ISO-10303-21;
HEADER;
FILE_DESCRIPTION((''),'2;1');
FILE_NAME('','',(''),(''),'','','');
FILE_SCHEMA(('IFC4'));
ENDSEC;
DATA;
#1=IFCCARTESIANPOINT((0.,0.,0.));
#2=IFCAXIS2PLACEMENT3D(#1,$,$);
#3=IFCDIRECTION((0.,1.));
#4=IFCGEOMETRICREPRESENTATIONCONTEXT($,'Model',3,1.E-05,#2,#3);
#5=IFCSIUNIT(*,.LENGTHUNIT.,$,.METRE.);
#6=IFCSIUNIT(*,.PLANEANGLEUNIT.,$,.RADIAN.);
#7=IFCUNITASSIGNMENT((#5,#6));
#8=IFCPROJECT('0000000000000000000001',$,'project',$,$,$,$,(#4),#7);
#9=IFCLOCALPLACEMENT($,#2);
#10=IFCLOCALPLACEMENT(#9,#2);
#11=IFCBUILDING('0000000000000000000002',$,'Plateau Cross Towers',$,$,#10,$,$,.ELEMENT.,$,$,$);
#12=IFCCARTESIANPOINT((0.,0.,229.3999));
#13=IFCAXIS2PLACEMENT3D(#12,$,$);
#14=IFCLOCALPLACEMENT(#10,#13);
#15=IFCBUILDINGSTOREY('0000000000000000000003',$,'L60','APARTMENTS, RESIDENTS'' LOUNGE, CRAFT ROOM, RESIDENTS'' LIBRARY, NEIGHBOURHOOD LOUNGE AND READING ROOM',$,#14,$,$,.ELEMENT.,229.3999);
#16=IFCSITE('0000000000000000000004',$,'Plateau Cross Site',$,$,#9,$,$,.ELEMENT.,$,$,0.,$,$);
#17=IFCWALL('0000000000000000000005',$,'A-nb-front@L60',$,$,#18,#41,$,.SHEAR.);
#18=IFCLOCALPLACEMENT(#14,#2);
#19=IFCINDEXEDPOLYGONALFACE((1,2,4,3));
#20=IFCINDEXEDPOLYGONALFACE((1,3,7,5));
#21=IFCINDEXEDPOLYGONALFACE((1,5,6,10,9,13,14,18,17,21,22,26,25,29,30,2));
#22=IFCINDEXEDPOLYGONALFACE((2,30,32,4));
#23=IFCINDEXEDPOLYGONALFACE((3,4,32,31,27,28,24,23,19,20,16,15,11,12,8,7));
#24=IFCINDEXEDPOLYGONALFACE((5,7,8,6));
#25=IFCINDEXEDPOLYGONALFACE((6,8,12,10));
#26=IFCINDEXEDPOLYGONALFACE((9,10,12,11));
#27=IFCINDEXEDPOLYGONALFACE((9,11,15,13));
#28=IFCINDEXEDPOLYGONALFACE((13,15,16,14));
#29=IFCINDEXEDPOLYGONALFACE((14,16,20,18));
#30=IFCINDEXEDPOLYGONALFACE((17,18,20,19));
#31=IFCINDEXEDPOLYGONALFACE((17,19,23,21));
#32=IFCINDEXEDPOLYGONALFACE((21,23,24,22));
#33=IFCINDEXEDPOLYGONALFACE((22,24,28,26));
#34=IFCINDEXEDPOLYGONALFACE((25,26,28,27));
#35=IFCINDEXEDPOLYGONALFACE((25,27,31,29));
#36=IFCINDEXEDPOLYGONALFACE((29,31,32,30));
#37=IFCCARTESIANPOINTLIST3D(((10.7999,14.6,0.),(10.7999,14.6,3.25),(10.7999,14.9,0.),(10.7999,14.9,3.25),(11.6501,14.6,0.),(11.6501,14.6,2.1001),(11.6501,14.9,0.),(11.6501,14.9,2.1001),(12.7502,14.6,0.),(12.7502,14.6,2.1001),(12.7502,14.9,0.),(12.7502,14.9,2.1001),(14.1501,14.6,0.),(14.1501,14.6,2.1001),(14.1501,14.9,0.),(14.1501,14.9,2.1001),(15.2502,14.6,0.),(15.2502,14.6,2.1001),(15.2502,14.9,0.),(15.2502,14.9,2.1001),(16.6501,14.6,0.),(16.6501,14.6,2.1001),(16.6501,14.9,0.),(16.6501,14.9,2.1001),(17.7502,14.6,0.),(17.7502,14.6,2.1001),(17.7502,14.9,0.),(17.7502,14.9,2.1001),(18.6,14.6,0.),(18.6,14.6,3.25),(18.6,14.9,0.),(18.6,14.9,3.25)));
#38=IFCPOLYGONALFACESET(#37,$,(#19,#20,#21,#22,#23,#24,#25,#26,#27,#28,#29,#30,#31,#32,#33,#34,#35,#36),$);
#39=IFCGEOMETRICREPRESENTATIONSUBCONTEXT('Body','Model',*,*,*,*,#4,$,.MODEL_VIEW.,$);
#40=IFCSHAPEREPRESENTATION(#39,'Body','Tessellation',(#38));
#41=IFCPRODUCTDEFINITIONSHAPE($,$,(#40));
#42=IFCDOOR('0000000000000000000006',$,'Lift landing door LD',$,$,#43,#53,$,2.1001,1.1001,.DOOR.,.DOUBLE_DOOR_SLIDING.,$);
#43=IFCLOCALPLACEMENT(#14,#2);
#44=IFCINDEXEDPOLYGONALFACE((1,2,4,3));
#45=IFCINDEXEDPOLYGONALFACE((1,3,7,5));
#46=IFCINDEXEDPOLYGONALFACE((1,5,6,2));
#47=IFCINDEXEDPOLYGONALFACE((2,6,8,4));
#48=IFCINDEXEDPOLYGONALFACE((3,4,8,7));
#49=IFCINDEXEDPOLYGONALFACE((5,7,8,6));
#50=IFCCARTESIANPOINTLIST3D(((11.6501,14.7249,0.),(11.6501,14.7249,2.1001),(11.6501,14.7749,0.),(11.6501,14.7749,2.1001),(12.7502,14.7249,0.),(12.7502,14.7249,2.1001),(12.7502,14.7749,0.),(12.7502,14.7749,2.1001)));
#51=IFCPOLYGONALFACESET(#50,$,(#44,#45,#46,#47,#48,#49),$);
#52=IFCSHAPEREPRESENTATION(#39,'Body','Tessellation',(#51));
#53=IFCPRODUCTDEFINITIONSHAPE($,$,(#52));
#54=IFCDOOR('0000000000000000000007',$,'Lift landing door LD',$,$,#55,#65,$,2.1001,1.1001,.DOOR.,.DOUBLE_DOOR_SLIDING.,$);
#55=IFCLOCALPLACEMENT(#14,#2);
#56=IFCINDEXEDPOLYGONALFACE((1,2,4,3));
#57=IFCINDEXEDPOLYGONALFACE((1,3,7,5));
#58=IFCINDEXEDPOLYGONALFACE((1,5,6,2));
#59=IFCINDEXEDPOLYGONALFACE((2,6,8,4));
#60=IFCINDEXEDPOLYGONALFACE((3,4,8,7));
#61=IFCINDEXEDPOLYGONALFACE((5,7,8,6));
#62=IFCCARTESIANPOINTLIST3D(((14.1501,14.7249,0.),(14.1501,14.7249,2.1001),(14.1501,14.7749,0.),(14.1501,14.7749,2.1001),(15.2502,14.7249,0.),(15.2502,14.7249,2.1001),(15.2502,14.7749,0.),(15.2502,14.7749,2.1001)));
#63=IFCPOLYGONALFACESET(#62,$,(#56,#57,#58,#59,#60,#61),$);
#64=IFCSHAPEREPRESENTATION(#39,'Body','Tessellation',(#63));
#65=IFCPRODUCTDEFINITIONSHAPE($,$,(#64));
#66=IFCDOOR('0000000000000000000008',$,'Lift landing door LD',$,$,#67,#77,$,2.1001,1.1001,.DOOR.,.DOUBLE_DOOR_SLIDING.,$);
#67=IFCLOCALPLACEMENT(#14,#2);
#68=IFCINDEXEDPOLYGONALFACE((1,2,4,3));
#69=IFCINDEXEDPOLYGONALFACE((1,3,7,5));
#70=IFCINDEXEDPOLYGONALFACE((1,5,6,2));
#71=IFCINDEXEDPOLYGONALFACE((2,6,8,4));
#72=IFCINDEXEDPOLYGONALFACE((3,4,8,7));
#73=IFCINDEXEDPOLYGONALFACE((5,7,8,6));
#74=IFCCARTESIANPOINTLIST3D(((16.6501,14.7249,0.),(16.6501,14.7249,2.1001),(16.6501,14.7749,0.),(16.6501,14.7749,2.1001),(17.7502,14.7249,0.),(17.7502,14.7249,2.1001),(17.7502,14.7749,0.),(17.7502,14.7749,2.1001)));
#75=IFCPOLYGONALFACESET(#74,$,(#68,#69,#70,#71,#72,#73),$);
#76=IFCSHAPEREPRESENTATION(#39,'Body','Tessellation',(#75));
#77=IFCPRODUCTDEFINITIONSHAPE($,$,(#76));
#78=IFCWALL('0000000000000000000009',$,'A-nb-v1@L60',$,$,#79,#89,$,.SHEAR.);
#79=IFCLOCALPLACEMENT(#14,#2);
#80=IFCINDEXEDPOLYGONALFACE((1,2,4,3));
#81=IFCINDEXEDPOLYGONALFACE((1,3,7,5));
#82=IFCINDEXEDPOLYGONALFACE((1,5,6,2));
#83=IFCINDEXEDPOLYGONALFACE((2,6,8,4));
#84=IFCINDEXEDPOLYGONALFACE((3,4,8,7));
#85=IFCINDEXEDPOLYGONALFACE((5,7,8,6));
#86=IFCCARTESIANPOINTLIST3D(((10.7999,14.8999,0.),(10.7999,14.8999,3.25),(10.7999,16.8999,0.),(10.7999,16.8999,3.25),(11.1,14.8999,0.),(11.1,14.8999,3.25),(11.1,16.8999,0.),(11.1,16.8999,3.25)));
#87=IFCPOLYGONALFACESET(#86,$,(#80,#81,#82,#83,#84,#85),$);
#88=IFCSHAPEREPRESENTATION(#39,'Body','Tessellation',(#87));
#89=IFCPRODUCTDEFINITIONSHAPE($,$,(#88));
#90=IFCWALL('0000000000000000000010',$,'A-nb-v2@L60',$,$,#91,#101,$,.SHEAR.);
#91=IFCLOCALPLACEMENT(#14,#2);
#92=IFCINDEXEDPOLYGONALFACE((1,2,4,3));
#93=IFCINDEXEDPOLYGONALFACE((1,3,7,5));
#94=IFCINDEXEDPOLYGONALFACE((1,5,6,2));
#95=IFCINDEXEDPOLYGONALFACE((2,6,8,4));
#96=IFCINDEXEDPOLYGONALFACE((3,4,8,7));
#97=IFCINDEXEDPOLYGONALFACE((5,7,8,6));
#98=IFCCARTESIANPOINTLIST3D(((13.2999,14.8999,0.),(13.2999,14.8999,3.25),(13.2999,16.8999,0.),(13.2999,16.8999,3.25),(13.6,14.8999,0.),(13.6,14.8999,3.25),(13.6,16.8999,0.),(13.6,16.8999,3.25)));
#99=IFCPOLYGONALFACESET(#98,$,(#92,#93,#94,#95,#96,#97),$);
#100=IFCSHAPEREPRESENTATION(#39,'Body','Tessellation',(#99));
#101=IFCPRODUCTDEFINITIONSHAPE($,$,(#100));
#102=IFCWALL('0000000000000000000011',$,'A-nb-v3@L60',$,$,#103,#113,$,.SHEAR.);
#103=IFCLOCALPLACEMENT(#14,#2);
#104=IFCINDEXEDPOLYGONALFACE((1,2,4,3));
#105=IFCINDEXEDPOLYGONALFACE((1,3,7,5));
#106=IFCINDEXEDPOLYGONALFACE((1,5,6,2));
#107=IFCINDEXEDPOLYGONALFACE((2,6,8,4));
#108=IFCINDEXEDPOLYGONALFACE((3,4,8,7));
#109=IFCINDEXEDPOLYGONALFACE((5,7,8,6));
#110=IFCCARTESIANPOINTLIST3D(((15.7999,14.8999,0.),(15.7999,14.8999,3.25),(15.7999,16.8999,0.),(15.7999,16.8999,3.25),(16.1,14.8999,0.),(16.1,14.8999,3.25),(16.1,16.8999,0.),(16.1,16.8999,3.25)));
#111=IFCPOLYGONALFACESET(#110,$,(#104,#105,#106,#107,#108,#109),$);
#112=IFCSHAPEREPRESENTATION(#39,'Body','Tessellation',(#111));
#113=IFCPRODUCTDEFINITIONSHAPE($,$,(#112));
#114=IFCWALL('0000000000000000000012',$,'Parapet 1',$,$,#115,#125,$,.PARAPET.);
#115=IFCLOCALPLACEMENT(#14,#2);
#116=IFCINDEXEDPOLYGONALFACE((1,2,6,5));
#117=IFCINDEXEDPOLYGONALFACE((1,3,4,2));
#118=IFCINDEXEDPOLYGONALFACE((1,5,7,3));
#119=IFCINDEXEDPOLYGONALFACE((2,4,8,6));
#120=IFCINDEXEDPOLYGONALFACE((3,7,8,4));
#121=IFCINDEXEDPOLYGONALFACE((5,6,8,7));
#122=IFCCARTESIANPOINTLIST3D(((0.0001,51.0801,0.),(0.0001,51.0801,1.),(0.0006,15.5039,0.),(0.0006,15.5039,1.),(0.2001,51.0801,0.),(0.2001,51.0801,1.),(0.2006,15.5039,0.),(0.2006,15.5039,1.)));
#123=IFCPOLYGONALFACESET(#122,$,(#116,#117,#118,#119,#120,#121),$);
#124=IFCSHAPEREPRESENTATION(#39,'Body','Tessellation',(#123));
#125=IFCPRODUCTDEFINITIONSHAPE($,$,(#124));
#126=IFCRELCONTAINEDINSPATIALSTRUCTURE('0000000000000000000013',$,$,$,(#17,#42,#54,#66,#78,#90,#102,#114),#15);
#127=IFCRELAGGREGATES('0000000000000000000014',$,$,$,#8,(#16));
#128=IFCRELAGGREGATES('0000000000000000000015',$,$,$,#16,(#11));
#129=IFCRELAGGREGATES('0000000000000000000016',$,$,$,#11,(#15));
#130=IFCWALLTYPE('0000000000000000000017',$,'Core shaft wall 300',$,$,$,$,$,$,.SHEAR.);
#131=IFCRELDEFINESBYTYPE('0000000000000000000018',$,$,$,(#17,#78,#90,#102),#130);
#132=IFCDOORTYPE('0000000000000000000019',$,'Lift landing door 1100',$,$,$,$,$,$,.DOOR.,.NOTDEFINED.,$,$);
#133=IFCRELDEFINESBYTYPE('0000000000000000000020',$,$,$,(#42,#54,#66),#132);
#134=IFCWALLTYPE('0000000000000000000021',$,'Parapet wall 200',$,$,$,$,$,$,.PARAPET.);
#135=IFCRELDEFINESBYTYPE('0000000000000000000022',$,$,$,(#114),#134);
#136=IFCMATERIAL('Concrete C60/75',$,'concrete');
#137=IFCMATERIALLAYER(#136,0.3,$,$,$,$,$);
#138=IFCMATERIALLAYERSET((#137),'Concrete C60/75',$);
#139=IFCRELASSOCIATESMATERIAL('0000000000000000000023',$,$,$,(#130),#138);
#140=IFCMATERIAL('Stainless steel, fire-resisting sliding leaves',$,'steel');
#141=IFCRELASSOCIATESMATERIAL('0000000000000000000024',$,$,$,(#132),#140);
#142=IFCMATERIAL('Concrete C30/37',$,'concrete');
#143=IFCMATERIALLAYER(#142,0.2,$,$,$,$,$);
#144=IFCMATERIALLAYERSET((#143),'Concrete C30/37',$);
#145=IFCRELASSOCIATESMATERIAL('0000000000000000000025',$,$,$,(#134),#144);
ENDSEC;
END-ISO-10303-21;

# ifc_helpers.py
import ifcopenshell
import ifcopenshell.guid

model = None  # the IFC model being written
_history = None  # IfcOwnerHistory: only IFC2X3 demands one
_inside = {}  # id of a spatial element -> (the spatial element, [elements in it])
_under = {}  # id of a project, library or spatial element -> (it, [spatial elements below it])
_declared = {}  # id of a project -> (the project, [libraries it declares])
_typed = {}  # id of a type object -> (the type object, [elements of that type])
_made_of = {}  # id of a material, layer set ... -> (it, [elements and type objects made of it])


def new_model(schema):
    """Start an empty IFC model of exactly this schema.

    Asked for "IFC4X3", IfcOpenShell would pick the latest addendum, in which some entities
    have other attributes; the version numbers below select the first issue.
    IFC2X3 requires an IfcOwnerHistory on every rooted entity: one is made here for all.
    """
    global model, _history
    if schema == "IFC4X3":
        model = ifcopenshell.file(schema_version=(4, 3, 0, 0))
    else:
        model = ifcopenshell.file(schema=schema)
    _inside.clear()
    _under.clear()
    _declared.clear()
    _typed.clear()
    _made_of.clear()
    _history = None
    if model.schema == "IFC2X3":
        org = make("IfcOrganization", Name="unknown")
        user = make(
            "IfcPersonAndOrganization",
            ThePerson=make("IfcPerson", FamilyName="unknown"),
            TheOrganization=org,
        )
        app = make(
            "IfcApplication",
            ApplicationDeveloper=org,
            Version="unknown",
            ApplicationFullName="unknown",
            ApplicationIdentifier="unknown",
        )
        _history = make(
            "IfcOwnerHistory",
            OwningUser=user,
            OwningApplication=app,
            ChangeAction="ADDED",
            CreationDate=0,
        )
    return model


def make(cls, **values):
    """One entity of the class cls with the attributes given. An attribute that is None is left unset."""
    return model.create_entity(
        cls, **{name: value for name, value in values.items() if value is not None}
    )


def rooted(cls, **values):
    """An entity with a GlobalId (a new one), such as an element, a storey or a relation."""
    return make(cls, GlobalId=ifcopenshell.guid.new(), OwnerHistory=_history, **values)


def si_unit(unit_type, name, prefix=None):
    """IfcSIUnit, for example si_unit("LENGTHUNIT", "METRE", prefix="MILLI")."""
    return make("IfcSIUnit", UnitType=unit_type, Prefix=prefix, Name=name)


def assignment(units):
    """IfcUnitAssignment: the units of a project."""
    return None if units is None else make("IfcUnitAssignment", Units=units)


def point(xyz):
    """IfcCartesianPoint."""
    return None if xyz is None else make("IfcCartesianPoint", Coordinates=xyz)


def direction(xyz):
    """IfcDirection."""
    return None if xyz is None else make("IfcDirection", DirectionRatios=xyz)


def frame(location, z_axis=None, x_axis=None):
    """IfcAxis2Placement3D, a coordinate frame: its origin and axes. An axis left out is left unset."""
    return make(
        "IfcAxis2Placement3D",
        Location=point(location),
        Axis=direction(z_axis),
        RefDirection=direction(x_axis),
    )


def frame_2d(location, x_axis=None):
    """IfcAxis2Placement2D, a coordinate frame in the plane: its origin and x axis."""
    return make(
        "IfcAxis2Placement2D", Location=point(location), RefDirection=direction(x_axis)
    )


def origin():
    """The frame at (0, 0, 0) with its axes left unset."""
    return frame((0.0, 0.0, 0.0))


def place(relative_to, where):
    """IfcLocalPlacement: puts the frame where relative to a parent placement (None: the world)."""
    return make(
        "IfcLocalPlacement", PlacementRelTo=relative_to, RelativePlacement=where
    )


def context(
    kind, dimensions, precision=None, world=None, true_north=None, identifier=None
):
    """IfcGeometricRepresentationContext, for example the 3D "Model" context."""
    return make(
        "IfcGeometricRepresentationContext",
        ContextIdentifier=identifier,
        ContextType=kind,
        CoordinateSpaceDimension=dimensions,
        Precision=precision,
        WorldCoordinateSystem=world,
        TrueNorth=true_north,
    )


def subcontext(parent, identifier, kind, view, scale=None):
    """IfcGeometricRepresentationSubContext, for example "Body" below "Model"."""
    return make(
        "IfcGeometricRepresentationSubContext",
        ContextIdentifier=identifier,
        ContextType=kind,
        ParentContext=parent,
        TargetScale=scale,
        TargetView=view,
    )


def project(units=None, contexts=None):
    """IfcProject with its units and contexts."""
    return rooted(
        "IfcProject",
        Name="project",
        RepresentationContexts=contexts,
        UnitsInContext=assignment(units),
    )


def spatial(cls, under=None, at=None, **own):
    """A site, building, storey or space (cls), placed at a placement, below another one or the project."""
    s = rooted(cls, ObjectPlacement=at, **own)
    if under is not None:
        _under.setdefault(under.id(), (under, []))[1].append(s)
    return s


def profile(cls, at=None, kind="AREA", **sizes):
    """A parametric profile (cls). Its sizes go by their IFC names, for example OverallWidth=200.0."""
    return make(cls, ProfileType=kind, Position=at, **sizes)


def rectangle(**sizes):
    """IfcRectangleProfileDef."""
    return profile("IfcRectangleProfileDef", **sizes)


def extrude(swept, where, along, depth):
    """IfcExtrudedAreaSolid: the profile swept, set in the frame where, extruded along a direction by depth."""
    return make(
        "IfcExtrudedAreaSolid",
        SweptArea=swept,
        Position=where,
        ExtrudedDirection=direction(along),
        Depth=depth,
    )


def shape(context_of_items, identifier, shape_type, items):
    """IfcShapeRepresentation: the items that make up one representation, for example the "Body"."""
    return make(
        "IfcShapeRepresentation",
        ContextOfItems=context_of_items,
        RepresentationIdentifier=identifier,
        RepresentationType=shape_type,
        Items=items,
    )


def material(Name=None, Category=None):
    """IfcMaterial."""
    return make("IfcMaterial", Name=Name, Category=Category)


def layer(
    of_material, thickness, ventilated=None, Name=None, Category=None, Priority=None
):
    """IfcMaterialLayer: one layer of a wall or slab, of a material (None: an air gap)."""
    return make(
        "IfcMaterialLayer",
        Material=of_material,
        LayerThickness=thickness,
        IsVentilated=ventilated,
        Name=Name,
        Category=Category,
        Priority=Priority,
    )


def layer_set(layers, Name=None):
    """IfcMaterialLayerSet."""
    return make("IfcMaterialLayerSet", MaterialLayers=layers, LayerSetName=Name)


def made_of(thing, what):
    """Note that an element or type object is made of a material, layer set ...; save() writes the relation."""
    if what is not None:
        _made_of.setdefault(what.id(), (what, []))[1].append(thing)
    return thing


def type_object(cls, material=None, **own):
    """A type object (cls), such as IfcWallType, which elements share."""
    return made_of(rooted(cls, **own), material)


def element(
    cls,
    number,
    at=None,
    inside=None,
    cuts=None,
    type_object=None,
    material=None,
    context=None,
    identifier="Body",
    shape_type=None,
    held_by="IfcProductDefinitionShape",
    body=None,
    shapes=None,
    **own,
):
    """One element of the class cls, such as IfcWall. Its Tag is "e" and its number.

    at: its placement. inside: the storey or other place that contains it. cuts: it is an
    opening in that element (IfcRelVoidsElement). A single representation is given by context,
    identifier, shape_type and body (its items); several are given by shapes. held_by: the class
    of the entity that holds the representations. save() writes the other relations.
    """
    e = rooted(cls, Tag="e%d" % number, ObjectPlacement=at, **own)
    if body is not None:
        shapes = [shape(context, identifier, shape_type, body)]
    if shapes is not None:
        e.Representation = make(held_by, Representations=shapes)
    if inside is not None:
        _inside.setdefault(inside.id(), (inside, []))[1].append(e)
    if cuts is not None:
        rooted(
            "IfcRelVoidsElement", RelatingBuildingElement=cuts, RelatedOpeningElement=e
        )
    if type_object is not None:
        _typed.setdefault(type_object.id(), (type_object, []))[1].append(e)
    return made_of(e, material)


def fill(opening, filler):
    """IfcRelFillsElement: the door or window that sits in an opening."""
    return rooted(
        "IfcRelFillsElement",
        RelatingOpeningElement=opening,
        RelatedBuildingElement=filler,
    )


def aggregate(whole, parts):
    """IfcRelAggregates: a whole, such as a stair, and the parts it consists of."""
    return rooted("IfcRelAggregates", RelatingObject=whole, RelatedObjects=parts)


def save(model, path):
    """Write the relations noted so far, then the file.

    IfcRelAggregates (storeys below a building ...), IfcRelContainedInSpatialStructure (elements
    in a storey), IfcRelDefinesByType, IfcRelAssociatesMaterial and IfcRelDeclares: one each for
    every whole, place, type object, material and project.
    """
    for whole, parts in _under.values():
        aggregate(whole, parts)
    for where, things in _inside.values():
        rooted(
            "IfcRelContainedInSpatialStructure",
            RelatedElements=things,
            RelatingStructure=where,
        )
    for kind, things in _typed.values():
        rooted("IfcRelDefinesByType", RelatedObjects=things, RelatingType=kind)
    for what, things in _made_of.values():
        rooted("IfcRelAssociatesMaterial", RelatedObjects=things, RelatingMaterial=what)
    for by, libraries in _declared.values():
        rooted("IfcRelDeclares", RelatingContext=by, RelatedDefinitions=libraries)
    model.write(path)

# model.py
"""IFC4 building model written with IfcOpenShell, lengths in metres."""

from ifc_helpers import new_model, si_unit, direction, frame, frame_2d, origin, place, context, subcontext, project, spatial, rectangle, extrude, material, layer, layer_set, type_object, element, fill, save


model = new_model("IFC4")

# Units and contexts
model_context = context("Model", 3, precision=1e-05, world=origin(), true_north=direction((0.0, 1.0)))
body_context = subcontext(model_context, "Body", "Model", "MODEL_VIEW")
ifc_project = project(units=[si_unit("LENGTHUNIT", "METRE"), si_unit("PLANEANGLEUNIT", "RADIAN")], contexts=[model_context])

# Site, building, storey
site_placement = place(None, origin())
site = spatial("IfcSite", under=ifc_project, at=site_placement, Name="Plateau Cross Site", CompositionType="ELEMENT", RefElevation=0.0)
building_placement = place(site_placement, origin())
building = spatial("IfcBuilding", under=site, at=building_placement, Name="Plateau Cross Towers", CompositionType="ELEMENT")
storey_placement = place(building_placement, frame((0.0, 0.0, 229.3999)))
storey = spatial("IfcBuildingStorey", under=building, at=storey_placement, Name="L60", Description="APARTMENTS, RESIDENTS' LOUNGE, CRAFT ROOM, RESIDENTS' LIBRARY, NEIGHBOURHOOD LOUNGE AND READING ROOM", CompositionType="ELEMENT", Elevation=229.3999)

# Shared definitions
ifc_material_1 = material(Name="Concrete C60/75", Category="concrete")

# Shared definitions
ifc_layer_1 = layer(ifc_material_1, 0.3)
ifc_layer_set_1 = layer_set([ifc_layer_1], Name="Concrete C60/75")
wall_type_1 = type_object("IfcWallType", Name="Core shaft wall 300", PredefinedType="SHEAR", material=ifc_layer_set_1)

# Wall, openings, doors
wall_1_placement = place(storey_placement, frame((10.8, 14.75, 0.0), z_axis=(0.0, 0.0, 1.0), x_axis=(1.0, 0.0, 0.0)))
wall_1 = element("IfcWall", 1, at=wall_1_placement, inside=storey, type_object=wall_type_1, Name="A-nb-front@L60", PredefinedType="SHEAR", context=body_context, shape_type="SweptSolid", body=[
    extrude(rectangle(XDim=7.8, YDim=0.3, at=frame_2d((3.8999, 0.0))), origin(), (0.0, 0.0, 1.0), 3.25),
])
opening_1_placement = place(wall_1_placement, frame((0.8501, 0.0, 0.0)))
opening_1 = element("IfcOpeningElement", 2, at=opening_1_placement, cuts=wall_1, PredefinedType="OPENING", context=body_context, shape_type="SweptSolid", body=[
    extrude(rectangle(XDim=1.1001, YDim=2.1001, at=frame_2d((0.55, 1.05))), frame((0.0, 0.1599, 0.0), z_axis=(0.0, -1.0, 0.0), x_axis=(1.0, 0.0, 0.0)), (0.0, 0.0, 1.0), 0.3201),
])
opening_2_placement = place(wall_1_placement, frame((3.3501, 0.0, 0.0)))
opening_2 = element("IfcOpeningElement", 3, at=opening_2_placement, cuts=wall_1, PredefinedType="OPENING", context=body_context, shape_type="SweptSolid", body=[
    extrude(rectangle(XDim=1.1001, YDim=2.1001, at=frame_2d((0.55, 1.05))), frame((0.0, 0.1599, 0.0), z_axis=(0.0, -1.0, 0.0), x_axis=(1.0, 0.0, 0.0)), (0.0, 0.0, 1.0), 0.3201),
])
opening_3_placement = place(wall_1_placement, frame((5.8501, 0.0, 0.0)))
opening_3 = element("IfcOpeningElement", 4, at=opening_3_placement, cuts=wall_1, PredefinedType="OPENING", context=body_context, shape_type="SweptSolid", body=[
    extrude(rectangle(XDim=1.1001, YDim=2.1001, at=frame_2d((0.55, 1.05))), frame((0.0, 0.1599, 0.0), z_axis=(0.0, -1.0, 0.0), x_axis=(1.0, 0.0, 0.0)), (0.0, 0.0, 1.0), 0.3201),
])
ifc_material_2 = material(Name="Stainless steel, fire-resisting sliding leaves", Category="steel")
door_type = type_object("IfcDoorType", Name="Lift landing door 1100", OperationType="NOTDEFINED", PredefinedType="DOOR", material=ifc_material_2)
door_1_placement = place(opening_1_placement, origin())
door_1 = element("IfcDoor", 5, at=door_1_placement, inside=storey, type_object=door_type, Name="Lift landing door LD", OperationType="DOUBLE_DOOR_SLIDING", OverallHeight=2.1001, OverallWidth=1.1001, PredefinedType="DOOR", context=body_context, shape_type="SweptSolid", body=[
    extrude(rectangle(XDim=1.1001, YDim=2.1001, at=frame_2d((0.55, 1.05))), frame((0.0, 0.0249, 0.0), z_axis=(0.0, -1.0, 0.0), x_axis=(1.0, 0.0, 0.0)), (0.0, 0.0, 1.0), 0.05),
])
fill(opening_1, door_1)
door_2_placement = place(opening_2_placement, origin())
door_2 = element("IfcDoor", 6, at=door_2_placement, inside=storey, type_object=door_type, Name="Lift landing door LD", OperationType="DOUBLE_DOOR_SLIDING", OverallHeight=2.1001, OverallWidth=1.1001, PredefinedType="DOOR", context=body_context, shape_type="SweptSolid", body=[
    extrude(rectangle(XDim=1.1001, YDim=2.1001, at=frame_2d((0.55, 1.05))), frame((0.0, 0.0249, 0.0), z_axis=(0.0, -1.0, 0.0), x_axis=(1.0, 0.0, 0.0)), (0.0, 0.0, 1.0), 0.05),
])
fill(opening_2, door_2)
door_3_placement = place(opening_3_placement, origin())
door_3 = element("IfcDoor", 7, at=door_3_placement, inside=storey, type_object=door_type, Name="Lift landing door LD", OperationType="DOUBLE_DOOR_SLIDING", OverallHeight=2.1001, OverallWidth=1.1001, PredefinedType="DOOR", context=body_context, shape_type="SweptSolid", body=[
    extrude(rectangle(XDim=1.1001, YDim=2.1001, at=frame_2d((0.55, 1.05))), frame((0.0, 0.0249, 0.0), z_axis=(0.0, -1.0, 0.0), x_axis=(1.0, 0.0, 0.0)), (0.0, 0.0, 1.0), 0.05),
])
fill(opening_3, door_3)

# Walls
for number, where, z_axis, x_axis, name in (
    (8, (10.95, 14.8999, 0.0), (0.0, 0.0, 1.0), (0.0, 1.0, 0.0), "A-nb-v1@L60"),
    (9, (13.45, 14.8999, 0.0), (0.0, 0.0, 1.0), (0.0, 1.0, 0.0), "A-nb-v2@L60"),
    (10, (15.95, 14.8999, 0.0), (0.0, 0.0, 1.0), (0.0, 1.0, 0.0), "A-nb-v3@L60"),
):
    element("IfcWall", number, at=place(storey_placement, frame(where, z_axis=z_axis, x_axis=x_axis)), inside=storey, type_object=wall_type_1, Name=name, PredefinedType="SHEAR", context=body_context, shape_type="SweptSolid", body=[
        extrude(rectangle(XDim=2.0, YDim=0.3, at=frame_2d((1.0, 0.0))), origin(), (0.0, 0.0, 1.0), 3.25),
    ])
ifc_material_3 = material(Name="Concrete C30/37", Category="concrete")
ifc_layer_2 = layer(ifc_material_3, 0.2)
ifc_layer_set_2 = layer_set([ifc_layer_2], Name="Concrete C30/37")
wall_type_2 = type_object("IfcWallType", Name="Parapet wall 200", PredefinedType="PARAPET", material=ifc_layer_set_2)
wall_2_placement = place(storey_placement, frame((0.1006, 15.5039, 0.0), z_axis=(0.0, 0.0, 1.0), x_axis=(-0.000014, 1.0, 0.0)))
element("IfcWall", 11, at=wall_2_placement, inside=storey, type_object=wall_type_2, Name="Parapet 1", PredefinedType="PARAPET", context=body_context, shape_type="SweptSolid", body=[
    extrude(rectangle(XDim=35.5762, YDim=0.2, at=frame_2d((17.7881, 0.0))), origin(), (0.0, 0.0, 1.0), 1.0),
])

save(model, "model.ifc")
